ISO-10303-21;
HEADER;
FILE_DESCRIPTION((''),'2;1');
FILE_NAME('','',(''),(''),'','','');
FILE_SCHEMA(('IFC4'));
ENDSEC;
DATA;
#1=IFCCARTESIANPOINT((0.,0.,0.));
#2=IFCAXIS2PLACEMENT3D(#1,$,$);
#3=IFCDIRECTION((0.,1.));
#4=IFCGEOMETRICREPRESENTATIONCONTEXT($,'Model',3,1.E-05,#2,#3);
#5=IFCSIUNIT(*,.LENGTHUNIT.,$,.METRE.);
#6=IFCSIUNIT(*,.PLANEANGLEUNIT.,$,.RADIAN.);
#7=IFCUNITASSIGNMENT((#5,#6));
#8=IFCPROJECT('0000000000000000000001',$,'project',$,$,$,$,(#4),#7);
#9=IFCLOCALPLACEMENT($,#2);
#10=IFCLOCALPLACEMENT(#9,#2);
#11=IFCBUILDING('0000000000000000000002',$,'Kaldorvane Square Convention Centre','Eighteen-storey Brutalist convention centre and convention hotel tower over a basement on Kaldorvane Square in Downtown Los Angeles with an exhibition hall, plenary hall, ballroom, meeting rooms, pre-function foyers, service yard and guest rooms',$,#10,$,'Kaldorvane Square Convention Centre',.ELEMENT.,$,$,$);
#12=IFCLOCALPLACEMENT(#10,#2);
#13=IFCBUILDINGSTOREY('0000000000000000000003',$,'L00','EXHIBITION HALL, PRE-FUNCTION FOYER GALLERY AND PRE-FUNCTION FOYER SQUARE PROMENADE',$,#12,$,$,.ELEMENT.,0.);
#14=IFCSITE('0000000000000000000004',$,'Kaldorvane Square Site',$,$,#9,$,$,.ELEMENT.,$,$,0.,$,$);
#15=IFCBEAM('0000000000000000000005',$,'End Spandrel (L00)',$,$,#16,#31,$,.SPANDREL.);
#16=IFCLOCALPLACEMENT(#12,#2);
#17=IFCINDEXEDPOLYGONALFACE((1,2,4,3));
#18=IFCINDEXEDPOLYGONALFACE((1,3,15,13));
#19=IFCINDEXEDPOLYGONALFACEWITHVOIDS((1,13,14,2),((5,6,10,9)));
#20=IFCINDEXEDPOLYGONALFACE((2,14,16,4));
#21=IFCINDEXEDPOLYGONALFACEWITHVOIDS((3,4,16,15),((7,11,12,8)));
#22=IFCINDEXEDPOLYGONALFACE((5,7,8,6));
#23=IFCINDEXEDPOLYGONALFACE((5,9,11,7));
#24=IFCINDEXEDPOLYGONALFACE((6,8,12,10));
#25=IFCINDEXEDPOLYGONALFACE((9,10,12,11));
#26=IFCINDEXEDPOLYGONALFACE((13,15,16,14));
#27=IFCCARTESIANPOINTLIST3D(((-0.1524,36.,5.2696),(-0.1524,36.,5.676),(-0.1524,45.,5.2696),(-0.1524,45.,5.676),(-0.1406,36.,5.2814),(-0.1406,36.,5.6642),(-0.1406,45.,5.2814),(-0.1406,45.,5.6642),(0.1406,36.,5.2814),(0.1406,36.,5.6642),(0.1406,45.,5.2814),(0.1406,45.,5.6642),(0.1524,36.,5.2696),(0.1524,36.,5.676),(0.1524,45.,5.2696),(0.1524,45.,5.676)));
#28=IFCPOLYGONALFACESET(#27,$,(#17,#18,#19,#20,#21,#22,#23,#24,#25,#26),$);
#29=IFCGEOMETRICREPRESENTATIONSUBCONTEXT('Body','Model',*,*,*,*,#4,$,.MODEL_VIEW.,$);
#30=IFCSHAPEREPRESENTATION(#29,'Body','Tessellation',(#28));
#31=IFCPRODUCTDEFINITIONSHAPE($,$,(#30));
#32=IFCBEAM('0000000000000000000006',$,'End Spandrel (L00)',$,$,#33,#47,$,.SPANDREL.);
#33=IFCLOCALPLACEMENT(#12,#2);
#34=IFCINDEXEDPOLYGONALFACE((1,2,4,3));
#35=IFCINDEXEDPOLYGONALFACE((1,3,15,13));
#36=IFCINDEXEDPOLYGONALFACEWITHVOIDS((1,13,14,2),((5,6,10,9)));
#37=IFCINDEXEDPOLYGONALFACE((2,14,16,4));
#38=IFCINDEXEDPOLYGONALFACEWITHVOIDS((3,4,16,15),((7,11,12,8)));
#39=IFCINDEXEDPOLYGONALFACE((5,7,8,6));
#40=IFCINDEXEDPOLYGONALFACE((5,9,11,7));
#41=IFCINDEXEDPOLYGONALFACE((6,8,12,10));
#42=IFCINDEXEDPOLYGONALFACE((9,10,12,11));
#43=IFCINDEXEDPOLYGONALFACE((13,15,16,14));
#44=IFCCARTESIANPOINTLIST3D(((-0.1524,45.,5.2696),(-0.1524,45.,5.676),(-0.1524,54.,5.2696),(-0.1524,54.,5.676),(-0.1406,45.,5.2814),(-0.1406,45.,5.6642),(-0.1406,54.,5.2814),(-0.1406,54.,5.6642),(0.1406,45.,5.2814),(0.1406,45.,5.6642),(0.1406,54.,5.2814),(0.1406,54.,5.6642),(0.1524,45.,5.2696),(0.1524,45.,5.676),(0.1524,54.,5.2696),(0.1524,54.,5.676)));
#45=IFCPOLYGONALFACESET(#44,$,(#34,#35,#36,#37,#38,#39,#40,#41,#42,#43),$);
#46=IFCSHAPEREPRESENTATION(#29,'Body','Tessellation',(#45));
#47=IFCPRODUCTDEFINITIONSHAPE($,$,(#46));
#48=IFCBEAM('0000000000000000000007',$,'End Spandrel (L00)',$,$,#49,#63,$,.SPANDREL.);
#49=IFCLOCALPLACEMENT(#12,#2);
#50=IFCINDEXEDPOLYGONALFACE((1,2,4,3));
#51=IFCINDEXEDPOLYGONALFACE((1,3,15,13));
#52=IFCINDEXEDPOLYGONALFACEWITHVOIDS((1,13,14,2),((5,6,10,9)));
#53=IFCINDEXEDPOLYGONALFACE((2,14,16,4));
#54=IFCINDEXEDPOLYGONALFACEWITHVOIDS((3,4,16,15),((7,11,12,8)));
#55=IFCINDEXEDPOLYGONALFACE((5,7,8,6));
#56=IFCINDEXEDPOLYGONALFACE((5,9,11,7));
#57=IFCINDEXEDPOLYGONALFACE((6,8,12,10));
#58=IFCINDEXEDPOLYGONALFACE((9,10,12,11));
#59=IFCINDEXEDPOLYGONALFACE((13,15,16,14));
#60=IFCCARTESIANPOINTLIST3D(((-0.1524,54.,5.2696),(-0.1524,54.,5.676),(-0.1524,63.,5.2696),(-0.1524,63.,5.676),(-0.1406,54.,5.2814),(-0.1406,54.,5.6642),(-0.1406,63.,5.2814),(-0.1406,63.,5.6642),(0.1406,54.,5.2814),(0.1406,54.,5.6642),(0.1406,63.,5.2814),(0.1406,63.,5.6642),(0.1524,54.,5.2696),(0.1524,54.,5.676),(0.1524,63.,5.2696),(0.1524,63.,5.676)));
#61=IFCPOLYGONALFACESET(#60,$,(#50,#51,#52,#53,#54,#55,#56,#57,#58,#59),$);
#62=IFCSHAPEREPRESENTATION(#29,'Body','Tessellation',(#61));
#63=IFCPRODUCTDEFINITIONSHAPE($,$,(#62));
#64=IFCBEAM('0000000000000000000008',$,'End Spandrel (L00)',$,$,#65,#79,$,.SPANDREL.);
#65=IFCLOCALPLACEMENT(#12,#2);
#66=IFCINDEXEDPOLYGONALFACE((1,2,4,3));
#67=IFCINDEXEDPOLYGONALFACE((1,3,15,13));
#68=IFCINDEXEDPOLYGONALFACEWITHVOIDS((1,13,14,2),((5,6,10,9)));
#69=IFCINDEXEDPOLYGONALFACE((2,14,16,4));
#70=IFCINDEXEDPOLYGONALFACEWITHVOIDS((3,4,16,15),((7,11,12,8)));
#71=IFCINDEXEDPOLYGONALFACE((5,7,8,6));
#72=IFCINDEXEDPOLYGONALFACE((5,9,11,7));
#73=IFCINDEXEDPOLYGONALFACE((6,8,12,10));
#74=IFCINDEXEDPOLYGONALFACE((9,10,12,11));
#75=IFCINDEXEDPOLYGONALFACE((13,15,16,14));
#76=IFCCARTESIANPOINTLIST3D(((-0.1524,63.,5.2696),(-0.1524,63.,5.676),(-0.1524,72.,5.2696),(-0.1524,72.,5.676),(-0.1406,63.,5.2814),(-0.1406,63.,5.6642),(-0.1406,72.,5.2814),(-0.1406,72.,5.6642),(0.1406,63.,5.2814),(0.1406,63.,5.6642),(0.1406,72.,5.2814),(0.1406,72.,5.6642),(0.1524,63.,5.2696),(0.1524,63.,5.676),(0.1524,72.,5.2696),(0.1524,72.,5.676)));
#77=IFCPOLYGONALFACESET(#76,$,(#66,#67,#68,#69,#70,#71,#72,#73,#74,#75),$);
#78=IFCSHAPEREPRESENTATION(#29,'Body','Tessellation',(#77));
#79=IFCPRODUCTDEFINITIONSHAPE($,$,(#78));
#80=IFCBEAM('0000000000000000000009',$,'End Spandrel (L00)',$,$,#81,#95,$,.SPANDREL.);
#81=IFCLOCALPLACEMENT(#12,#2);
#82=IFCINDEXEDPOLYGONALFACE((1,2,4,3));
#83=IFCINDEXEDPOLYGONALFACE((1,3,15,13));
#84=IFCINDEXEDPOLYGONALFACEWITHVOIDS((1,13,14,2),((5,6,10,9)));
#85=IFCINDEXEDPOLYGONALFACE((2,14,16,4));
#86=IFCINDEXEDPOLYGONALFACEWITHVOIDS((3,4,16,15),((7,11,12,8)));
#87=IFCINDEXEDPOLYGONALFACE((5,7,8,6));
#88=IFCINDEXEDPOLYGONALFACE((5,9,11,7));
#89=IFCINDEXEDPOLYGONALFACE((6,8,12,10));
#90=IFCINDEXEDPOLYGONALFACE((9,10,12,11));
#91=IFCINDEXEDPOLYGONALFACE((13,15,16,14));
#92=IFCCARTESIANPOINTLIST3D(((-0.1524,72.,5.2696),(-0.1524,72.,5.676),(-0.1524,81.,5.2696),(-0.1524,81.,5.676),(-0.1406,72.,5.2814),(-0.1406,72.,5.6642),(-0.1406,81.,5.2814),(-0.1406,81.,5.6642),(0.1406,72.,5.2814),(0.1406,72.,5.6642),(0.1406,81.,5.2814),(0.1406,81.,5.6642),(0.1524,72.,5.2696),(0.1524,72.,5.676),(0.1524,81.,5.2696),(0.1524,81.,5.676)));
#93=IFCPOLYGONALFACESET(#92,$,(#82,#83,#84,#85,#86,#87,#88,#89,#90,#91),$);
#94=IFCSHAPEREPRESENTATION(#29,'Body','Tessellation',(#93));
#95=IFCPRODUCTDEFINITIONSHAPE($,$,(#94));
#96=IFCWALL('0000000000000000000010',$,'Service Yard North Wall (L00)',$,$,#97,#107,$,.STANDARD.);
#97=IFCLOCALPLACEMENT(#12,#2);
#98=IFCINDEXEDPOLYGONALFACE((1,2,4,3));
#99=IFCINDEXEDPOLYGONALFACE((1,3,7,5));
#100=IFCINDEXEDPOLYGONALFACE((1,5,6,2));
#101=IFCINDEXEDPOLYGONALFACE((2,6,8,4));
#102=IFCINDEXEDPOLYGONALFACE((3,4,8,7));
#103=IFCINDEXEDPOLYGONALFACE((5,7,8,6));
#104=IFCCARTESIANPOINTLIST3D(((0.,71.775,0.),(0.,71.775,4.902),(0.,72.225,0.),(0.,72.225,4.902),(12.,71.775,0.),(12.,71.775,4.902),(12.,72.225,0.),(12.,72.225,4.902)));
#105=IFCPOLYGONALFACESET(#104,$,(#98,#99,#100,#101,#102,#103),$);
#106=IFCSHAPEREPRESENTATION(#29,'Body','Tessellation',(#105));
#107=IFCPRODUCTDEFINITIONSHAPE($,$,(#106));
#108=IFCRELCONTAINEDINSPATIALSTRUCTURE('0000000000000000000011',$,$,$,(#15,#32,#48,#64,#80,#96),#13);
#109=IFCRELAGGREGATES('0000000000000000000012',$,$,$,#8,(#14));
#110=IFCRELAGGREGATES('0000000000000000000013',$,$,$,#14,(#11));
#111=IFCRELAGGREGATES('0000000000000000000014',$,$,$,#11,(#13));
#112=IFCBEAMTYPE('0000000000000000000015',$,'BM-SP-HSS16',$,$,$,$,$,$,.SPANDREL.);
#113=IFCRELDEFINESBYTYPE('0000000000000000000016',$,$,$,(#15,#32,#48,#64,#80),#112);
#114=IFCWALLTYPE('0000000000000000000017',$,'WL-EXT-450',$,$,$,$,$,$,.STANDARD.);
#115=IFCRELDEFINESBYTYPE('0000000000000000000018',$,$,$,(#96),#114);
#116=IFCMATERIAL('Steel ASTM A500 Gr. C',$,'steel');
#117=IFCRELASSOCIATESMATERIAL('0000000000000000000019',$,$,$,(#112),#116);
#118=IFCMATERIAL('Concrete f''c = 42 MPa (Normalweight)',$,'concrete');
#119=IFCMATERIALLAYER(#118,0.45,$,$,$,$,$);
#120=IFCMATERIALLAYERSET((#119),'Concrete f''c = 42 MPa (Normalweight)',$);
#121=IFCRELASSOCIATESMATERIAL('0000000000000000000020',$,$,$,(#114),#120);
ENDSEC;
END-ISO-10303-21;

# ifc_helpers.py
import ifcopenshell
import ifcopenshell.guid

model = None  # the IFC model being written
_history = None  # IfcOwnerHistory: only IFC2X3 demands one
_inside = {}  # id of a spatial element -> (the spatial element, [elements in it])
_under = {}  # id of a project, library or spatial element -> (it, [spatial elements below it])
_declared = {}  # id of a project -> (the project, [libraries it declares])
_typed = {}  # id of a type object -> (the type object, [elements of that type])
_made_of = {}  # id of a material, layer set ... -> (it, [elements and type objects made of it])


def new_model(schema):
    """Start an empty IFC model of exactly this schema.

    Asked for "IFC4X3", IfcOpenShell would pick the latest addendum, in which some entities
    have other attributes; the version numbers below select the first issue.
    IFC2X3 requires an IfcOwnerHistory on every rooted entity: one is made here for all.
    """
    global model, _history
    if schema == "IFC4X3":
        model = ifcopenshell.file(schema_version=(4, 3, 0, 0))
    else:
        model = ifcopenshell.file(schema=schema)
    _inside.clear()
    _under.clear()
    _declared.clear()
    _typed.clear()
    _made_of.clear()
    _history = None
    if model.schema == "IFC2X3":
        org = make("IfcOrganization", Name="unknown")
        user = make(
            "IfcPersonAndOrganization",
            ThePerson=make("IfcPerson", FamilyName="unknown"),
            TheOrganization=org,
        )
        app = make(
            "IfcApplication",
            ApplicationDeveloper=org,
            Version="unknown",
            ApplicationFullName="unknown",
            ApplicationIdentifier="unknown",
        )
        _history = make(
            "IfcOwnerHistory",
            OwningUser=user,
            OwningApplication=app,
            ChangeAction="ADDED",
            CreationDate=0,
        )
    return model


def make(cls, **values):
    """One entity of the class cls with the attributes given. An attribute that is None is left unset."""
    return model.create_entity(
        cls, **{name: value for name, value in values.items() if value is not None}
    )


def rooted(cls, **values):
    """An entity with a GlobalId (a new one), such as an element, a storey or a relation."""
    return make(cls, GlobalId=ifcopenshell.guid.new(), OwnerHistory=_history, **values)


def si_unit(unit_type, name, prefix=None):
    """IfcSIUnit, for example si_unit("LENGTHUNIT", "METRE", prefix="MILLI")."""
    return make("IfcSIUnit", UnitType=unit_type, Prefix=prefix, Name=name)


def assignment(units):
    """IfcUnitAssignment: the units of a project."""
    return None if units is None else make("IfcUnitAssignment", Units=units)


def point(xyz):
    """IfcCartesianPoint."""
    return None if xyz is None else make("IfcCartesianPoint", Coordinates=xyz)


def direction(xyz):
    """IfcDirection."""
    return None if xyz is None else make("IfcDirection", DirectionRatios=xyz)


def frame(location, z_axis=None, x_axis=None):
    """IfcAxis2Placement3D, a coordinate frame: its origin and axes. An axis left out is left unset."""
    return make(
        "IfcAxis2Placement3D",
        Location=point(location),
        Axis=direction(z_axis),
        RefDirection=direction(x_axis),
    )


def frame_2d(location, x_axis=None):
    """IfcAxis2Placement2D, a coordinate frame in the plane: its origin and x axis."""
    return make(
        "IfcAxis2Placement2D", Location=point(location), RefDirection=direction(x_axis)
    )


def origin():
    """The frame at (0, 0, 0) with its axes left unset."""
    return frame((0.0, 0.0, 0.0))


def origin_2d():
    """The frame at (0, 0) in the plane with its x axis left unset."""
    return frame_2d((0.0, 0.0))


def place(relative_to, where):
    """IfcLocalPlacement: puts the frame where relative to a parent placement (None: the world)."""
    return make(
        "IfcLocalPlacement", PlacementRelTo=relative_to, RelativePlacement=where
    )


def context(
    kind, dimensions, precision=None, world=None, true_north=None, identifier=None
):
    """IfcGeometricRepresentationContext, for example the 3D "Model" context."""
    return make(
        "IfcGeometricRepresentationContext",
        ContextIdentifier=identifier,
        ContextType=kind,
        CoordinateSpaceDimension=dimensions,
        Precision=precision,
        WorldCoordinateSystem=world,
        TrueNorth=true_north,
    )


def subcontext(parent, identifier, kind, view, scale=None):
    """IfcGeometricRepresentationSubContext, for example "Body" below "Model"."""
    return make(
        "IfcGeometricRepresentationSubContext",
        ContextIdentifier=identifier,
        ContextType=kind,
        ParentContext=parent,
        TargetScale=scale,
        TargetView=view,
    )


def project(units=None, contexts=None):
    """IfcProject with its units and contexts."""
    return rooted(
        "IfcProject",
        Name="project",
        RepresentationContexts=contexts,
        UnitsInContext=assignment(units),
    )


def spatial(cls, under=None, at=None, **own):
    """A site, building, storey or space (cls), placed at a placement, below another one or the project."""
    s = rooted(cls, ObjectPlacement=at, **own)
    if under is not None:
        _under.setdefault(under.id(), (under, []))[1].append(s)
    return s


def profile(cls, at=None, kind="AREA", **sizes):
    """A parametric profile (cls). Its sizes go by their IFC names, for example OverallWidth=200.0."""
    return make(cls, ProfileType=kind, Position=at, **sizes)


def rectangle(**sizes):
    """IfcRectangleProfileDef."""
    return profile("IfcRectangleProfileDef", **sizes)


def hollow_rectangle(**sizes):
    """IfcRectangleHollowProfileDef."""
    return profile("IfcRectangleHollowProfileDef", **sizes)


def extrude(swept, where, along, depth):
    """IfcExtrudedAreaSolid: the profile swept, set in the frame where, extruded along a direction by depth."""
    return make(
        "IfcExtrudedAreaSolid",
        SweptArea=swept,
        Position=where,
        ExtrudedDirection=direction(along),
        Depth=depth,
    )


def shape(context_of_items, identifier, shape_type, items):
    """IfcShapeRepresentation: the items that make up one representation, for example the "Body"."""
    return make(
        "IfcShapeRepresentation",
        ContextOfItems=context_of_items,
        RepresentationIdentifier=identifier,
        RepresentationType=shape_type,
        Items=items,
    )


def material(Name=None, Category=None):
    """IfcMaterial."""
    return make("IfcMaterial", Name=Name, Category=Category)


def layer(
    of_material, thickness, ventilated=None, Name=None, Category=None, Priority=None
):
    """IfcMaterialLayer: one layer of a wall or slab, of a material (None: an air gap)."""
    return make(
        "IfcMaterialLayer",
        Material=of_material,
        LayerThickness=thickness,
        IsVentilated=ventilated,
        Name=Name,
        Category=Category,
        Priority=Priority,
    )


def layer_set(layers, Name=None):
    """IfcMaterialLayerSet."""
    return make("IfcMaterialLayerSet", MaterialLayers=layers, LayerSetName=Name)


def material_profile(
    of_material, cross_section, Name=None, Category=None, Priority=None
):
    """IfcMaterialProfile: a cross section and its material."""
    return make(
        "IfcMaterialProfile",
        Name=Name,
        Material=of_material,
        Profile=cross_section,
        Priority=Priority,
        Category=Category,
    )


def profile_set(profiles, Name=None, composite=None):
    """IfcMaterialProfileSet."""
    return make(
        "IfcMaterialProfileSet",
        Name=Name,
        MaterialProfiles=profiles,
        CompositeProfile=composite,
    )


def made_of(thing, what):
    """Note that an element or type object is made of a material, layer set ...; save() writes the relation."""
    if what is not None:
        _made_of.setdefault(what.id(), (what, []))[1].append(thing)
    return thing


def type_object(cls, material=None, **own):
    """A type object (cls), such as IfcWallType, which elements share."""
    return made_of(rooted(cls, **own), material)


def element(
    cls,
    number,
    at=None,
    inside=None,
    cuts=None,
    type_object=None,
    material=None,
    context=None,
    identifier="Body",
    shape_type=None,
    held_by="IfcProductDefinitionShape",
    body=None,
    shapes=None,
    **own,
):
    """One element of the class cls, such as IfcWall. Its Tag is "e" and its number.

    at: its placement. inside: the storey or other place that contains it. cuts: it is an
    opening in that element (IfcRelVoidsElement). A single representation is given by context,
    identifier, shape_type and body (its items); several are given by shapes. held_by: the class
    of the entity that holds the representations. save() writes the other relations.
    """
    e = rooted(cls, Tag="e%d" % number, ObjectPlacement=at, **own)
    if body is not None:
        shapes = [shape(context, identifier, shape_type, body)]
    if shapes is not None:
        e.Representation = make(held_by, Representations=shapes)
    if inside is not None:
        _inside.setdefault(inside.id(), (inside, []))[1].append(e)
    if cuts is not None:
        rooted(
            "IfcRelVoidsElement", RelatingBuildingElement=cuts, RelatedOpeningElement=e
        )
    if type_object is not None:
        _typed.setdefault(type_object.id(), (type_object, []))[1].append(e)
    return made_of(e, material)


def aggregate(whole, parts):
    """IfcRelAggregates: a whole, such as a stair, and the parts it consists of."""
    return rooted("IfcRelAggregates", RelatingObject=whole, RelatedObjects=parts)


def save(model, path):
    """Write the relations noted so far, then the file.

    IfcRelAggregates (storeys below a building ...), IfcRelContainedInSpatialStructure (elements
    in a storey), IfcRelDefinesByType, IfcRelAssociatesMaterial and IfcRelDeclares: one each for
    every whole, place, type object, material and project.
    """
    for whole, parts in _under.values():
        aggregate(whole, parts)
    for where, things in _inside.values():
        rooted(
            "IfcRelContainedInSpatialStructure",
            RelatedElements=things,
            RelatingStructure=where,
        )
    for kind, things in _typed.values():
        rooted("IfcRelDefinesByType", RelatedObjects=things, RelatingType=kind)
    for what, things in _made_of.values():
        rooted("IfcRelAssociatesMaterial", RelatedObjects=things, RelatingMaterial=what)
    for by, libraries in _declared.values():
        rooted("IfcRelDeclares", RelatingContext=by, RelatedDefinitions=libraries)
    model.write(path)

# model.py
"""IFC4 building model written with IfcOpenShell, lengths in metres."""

from ifc_helpers import new_model, si_unit, direction, frame, frame_2d, origin, origin_2d, place, context, subcontext, project, spatial, rectangle, hollow_rectangle, extrude, material, layer, layer_set, material_profile, profile_set, type_object, element, save


model = new_model("IFC4")

# Units and contexts
model_context = context("Model", 3, precision=1e-05, world=origin(), true_north=direction((0.0, 1.0)))
body_context = subcontext(model_context, "Body", "Model", "MODEL_VIEW")
ifc_project = project(units=[si_unit("LENGTHUNIT", "METRE"), si_unit("PLANEANGLEUNIT", "RADIAN")], contexts=[model_context])

# Site, building, storey
site_placement = place(None, origin())
site = spatial("IfcSite", under=ifc_project, at=site_placement, Name="Kaldorvane Square Site", CompositionType="ELEMENT", RefElevation=0.0)
building_placement = place(site_placement, origin())
building = spatial("IfcBuilding", under=site, at=building_placement, Name="Kaldorvane Square Convention Centre", Description="Eighteen-storey Brutalist convention centre and convention hotel tower over a basement on Kaldorvane Square in Downtown Los Angeles with an exhibition hall, plenary hall, ballroom, meeting rooms, pre-function foyers, service yard and guest rooms", LongName="Kaldorvane Square Convention Centre", CompositionType="ELEMENT")
storey_placement = place(building_placement, origin())
storey = spatial("IfcBuildingStorey", under=building, at=storey_placement, Name="L00", Description="EXHIBITION HALL, PRE-FUNCTION FOYER GALLERY AND PRE-FUNCTION FOYER SQUARE PROMENADE", CompositionType="ELEMENT", Elevation=0.0)

# Shared definitions
ifc_material_1 = material(Name="Steel ASTM A500 Gr. C", Category="steel")

# Beams
ifc_material_profile_1 = material_profile(ifc_material_1, hollow_rectangle(XDim=0.3048, YDim=0.4064, WallThickness=0.0118, at=origin_2d()), Name="HSS16X12X1/2")
ifc_profile_set_1 = profile_set([ifc_material_profile_1], Name="Steel ASTM A500 Gr. C")
beam_type_1 = type_object("IfcBeamType", Name="BM-SP-HSS16", PredefinedType="SPANDREL", material=ifc_profile_set_1)
for number, where, z_axis, x_axis, name in (
    (1, (0.0, 36.0, 5.4728), (0.0, 1.0, 0.0), (-1.0, 0.0, 0.0), "End Spandrel (L00)"),
    (2, (0.0, 45.0, 5.4728), (0.0, 1.0, 0.0), (-1.0, 0.0, 0.0), "End Spandrel (L00)"),
    (3, (0.0, 54.0, 5.4728), (0.0, 1.0, 0.0), (-1.0, 0.0, 0.0), "End Spandrel (L00)"),
    (4, (0.0, 63.0, 5.4728), (0.0, 1.0, 0.0), (-1.0, 0.0, 0.0), "End Spandrel (L00)"),
    (5, (0.0, 72.0, 5.4728), (0.0, 1.0, 0.0), (-1.0, 0.0, 0.0), "End Spandrel (L00)"),
):
    element("IfcBeam", number, at=place(storey_placement, frame(where, z_axis=z_axis, x_axis=x_axis)), inside=storey, type_object=beam_type_1, Name=name, PredefinedType="SPANDREL", context=body_context, shape_type="SweptSolid", body=[
        extrude(hollow_rectangle(XDim=0.3048, YDim=0.4064, WallThickness=0.0118, at=origin_2d()), origin(), (0.0, 0.0, 1.0), 9.0),
    ])

# Wall
ifc_material_2 = material(Name="Concrete f'c = 42 MPa (Normalweight)", Category="concrete")
ifc_layer_1 = layer(ifc_material_2, 0.45)
ifc_layer_set_1 = layer_set([ifc_layer_1], Name="Concrete f'c = 42 MPa (Normalweight)")
wall_type_1 = type_object("IfcWallType", Name="WL-EXT-450", PredefinedType="STANDARD", material=ifc_layer_set_1)
wall_1_placement = place(storey_placement, frame((12.0, 72.0, 0.0), z_axis=(0.0, 0.0, 1.0), x_axis=(-1.0, 0.0, 0.0)))
element("IfcWall", 6, at=wall_1_placement, inside=storey, type_object=wall_type_1, Name="Service Yard North Wall (L00)", PredefinedType="STANDARD", context=body_context, shape_type="SweptSolid", body=[
    extrude(rectangle(XDim=12.0, YDim=0.45, at=frame_2d((6.0, 0.0))), origin(), (0.0, 0.0, 1.0), 4.902),
])

save(model, "model.ifc")
